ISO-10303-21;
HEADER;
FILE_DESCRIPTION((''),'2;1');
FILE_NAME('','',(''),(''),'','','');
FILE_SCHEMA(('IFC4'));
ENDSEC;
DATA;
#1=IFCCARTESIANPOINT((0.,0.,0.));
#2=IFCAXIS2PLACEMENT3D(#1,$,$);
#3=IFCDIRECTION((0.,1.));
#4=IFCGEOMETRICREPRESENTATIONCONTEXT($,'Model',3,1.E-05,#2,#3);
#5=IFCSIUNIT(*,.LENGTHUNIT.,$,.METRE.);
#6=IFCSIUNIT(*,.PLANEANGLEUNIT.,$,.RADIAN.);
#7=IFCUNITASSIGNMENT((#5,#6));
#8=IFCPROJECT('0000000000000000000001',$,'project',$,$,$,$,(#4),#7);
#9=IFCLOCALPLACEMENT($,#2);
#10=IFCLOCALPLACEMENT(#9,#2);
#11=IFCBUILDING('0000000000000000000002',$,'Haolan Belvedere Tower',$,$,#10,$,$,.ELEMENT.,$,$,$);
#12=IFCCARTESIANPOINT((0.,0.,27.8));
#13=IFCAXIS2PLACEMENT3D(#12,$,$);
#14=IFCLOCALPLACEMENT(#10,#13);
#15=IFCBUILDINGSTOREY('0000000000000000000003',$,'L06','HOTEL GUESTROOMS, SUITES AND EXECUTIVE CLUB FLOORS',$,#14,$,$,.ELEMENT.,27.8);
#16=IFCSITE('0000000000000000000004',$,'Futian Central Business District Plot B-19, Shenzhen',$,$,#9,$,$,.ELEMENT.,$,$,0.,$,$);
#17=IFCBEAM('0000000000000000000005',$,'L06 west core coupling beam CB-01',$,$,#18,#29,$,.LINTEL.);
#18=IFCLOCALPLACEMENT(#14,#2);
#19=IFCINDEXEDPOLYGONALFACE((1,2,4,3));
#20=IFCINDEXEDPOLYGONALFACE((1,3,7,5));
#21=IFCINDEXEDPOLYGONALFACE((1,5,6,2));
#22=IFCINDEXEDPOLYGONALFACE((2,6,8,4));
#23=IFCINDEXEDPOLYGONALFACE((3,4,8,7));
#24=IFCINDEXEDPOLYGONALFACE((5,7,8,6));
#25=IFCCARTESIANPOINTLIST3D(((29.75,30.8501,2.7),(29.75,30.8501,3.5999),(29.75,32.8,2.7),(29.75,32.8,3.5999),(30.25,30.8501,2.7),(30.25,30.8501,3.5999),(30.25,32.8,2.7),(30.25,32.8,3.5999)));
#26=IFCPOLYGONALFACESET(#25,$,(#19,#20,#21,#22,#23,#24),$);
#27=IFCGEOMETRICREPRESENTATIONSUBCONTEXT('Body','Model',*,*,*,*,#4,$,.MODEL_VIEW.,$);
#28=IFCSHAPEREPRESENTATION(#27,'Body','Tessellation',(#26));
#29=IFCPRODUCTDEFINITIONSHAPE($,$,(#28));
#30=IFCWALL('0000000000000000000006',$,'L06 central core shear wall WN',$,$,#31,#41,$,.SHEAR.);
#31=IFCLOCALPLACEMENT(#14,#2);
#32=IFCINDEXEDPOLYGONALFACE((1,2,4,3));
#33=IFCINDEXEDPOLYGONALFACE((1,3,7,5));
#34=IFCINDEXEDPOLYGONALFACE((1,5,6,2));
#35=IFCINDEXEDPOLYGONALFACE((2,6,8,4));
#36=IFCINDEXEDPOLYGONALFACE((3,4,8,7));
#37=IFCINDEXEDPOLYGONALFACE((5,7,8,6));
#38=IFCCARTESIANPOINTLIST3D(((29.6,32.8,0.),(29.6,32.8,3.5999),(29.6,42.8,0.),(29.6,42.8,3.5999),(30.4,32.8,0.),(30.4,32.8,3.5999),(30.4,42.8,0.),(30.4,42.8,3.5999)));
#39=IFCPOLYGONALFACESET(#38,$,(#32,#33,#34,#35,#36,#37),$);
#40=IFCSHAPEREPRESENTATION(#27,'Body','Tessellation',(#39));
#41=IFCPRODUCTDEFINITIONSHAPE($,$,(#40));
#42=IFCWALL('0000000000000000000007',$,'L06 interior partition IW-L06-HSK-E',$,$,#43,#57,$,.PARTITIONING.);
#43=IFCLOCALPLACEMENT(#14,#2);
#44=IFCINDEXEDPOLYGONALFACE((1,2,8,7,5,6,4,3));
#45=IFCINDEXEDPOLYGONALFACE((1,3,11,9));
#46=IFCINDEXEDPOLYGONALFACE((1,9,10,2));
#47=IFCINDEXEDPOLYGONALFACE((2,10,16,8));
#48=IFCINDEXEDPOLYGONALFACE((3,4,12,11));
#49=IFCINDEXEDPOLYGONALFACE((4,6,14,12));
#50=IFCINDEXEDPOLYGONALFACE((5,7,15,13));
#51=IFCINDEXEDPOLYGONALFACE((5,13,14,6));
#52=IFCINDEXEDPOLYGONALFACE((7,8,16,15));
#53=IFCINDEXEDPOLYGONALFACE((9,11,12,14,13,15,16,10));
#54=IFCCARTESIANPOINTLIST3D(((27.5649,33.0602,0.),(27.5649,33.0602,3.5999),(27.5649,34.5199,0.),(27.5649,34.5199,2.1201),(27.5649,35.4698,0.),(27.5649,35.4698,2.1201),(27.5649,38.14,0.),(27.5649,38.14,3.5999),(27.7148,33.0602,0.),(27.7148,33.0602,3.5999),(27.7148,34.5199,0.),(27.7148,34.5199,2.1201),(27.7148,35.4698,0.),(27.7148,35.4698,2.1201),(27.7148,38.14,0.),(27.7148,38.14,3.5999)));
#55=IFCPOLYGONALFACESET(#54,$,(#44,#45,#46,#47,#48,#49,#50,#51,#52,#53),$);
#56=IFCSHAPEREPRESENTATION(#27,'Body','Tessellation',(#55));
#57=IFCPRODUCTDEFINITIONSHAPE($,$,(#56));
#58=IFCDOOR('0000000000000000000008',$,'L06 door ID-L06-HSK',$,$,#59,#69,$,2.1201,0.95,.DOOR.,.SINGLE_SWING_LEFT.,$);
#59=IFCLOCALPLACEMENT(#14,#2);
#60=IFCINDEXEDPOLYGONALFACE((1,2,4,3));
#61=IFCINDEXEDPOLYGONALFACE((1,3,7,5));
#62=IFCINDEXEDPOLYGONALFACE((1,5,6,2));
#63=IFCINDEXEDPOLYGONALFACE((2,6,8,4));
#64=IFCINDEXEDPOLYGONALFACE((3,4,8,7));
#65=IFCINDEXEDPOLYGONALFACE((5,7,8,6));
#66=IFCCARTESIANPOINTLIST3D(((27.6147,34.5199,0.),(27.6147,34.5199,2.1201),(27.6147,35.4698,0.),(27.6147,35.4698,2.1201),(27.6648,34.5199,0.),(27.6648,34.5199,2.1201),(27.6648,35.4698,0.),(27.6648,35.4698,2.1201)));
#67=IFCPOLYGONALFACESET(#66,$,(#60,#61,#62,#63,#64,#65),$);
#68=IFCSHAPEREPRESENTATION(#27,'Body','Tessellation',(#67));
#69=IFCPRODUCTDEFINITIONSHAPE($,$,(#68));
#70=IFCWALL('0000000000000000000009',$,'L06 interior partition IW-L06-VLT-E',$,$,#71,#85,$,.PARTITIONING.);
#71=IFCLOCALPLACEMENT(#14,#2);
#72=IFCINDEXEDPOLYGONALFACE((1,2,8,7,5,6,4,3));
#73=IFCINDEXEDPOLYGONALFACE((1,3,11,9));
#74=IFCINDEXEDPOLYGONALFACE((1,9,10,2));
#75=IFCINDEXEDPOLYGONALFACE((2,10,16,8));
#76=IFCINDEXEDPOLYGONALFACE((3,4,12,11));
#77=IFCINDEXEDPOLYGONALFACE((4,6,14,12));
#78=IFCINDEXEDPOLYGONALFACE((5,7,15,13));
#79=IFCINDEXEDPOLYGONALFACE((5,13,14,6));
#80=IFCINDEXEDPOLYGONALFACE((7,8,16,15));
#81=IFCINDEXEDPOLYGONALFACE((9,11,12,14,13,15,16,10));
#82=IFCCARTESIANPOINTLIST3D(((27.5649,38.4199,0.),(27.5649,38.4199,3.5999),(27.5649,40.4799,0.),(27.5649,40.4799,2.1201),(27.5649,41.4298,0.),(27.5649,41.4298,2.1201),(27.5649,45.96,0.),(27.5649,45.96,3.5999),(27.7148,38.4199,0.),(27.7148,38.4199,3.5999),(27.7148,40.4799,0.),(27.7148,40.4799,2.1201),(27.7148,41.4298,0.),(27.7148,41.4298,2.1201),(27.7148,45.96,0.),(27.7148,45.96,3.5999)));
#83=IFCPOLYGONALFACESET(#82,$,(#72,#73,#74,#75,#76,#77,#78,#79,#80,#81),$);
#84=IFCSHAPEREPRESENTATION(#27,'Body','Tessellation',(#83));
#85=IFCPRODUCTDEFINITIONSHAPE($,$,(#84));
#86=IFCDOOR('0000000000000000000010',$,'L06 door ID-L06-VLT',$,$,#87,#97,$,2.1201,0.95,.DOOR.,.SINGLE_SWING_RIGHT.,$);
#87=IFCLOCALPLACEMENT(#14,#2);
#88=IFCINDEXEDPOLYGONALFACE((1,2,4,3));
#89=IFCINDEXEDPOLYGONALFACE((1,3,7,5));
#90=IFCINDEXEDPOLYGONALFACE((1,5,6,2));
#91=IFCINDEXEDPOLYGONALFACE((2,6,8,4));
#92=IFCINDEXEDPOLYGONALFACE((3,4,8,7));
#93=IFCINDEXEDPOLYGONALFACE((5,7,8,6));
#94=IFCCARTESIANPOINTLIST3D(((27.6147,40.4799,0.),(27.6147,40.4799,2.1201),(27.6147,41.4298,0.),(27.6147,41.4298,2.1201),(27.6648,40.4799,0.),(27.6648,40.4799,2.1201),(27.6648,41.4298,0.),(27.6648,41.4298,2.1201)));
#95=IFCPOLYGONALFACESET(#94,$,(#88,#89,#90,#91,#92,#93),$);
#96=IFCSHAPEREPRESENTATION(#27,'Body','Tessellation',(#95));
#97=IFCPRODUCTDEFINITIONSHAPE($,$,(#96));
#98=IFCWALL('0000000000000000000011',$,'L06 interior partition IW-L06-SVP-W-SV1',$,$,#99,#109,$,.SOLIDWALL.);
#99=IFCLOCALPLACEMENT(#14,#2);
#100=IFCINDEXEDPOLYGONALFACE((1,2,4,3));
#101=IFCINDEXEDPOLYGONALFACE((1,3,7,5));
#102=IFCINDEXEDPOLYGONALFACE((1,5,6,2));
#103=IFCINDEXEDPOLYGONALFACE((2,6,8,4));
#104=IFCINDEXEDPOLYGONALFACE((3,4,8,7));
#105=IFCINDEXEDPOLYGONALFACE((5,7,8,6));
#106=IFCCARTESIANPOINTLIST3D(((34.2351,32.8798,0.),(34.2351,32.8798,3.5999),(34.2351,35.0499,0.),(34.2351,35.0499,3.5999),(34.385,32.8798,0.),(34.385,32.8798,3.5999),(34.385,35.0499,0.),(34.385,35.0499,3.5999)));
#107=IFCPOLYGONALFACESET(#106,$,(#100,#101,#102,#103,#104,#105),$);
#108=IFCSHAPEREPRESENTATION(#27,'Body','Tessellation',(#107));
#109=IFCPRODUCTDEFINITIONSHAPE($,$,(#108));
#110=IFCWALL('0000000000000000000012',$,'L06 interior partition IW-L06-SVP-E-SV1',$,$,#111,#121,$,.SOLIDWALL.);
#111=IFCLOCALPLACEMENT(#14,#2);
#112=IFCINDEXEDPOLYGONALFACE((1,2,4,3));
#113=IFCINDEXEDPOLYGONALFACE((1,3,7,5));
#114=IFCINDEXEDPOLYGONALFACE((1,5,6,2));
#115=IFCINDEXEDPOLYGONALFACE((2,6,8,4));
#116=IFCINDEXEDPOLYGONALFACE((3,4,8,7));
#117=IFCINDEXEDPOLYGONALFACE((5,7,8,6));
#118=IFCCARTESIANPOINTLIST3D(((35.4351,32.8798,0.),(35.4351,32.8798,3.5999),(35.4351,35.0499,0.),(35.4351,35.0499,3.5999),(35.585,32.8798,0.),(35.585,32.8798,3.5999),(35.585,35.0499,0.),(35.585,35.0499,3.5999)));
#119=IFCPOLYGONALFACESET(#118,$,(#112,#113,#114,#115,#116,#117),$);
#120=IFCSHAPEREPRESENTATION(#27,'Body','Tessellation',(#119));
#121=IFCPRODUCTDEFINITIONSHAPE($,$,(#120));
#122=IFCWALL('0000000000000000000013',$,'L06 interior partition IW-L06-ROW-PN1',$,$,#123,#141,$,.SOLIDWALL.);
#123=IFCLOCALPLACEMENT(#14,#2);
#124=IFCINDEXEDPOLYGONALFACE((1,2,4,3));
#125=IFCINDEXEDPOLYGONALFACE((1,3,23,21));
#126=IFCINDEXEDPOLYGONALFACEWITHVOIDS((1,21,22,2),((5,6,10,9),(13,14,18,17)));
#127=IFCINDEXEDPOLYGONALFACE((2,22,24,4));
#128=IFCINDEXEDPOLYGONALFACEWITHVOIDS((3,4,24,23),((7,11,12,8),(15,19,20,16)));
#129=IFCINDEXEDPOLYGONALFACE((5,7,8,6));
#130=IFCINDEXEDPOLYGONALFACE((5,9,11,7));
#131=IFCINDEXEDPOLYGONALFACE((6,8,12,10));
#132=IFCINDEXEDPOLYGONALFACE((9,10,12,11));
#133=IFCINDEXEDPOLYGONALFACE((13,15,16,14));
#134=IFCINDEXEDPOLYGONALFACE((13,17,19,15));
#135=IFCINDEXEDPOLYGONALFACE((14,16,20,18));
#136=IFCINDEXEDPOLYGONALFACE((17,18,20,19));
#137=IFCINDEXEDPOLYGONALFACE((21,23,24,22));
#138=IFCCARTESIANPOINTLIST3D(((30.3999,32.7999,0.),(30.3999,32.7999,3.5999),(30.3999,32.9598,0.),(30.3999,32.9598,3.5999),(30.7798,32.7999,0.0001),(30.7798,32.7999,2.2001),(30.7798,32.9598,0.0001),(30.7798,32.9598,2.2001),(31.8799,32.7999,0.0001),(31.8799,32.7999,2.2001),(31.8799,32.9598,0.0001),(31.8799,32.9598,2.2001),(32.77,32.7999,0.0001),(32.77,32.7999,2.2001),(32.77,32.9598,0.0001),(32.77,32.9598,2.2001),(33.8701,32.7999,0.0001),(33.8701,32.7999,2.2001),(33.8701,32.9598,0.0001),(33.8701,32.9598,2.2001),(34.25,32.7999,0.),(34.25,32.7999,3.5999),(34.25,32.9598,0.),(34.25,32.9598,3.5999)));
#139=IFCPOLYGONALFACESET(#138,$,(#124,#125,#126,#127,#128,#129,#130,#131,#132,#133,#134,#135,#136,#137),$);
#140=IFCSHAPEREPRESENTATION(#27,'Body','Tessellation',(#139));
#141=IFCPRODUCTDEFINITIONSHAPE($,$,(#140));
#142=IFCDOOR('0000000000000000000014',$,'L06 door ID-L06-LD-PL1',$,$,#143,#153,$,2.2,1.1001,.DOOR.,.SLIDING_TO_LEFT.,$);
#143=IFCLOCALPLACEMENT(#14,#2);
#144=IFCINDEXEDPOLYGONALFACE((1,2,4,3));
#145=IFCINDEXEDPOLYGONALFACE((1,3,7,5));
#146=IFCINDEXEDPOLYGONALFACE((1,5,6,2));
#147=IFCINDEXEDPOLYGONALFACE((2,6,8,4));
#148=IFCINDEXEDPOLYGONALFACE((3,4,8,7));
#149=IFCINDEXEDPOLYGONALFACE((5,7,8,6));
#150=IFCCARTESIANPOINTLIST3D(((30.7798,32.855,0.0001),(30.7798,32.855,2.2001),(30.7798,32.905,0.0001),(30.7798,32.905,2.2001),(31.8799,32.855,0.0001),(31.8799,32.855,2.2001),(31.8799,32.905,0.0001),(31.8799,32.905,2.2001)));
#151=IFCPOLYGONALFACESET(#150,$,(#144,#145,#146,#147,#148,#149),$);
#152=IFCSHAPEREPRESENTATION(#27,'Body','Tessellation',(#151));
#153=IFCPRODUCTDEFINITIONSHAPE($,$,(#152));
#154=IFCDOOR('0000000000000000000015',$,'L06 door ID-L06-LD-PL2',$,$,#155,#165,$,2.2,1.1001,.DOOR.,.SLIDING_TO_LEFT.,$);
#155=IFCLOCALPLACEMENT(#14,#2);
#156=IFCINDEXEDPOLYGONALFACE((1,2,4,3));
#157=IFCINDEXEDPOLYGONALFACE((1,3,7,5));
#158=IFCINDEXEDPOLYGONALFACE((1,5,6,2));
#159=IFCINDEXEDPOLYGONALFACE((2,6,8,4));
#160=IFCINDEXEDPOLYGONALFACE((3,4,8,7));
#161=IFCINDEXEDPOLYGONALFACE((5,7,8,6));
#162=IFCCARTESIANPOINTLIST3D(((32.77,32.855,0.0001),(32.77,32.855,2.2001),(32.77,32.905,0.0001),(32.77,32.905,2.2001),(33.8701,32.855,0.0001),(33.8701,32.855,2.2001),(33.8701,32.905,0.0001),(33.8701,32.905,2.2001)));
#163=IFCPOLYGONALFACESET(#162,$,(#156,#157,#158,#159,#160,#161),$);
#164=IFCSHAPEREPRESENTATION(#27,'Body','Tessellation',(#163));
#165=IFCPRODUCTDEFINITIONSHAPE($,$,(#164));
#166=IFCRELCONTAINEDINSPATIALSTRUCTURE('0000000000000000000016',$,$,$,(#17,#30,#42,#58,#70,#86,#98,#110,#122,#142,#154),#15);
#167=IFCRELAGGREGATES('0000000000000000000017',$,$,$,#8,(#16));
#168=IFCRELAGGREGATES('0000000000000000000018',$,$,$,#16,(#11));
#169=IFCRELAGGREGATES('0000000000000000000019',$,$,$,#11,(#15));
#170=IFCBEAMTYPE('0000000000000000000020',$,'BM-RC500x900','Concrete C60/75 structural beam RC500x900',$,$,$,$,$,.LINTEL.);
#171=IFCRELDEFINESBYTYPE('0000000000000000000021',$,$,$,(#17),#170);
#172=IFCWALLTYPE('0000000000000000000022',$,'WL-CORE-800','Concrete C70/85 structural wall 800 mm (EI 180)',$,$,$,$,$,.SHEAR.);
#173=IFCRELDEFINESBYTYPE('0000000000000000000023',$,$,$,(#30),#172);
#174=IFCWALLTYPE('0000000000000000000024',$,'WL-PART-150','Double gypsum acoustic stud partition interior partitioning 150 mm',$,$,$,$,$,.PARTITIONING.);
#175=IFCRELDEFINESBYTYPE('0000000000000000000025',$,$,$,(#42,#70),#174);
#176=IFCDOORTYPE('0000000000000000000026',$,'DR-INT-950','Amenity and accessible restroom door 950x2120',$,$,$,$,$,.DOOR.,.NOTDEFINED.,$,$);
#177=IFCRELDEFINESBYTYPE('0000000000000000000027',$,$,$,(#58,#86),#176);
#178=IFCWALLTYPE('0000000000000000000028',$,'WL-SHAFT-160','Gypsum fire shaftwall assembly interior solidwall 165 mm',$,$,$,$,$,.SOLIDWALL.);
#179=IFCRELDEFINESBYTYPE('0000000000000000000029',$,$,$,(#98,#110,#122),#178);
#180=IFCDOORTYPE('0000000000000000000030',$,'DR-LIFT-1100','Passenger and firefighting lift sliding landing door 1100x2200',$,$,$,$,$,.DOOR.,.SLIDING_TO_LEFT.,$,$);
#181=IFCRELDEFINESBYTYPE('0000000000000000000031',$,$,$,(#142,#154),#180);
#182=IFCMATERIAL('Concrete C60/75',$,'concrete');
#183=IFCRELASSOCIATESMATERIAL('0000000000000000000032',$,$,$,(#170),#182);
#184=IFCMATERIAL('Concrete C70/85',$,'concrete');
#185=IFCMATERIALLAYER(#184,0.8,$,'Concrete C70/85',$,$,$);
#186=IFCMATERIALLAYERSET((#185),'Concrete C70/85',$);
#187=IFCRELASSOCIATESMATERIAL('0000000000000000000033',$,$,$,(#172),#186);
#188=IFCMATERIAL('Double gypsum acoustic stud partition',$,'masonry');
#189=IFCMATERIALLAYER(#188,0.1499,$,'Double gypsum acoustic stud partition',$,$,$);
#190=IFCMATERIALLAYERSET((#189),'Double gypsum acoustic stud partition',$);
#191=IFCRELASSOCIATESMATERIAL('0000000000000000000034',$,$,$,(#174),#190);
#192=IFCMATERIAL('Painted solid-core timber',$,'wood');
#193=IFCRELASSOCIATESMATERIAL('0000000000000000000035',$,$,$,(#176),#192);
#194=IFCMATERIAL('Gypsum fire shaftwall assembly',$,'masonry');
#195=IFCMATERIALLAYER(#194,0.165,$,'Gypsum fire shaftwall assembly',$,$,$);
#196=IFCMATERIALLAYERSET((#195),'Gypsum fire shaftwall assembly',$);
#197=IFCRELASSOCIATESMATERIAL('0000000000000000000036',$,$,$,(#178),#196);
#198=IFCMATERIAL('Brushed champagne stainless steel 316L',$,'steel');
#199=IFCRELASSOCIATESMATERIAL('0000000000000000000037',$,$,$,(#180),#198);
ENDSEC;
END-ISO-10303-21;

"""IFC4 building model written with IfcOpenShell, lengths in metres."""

from ifc_helpers import new_model, si_unit, direction, frame, frame_2d, origin, origin_2d, place, context, subcontext, project, spatial, rectangle, extrude, material, layer, layer_set, material_profile, profile_set, type_object, element, fill, save


model = new_model("IFC4")

# Units and contexts
model_context = context("Model", 3, precision=1e-05, world=origin(), true_north=direction((0.0, 1.0)))
body_context = subcontext(model_context, "Body", "Model", "MODEL_VIEW")
ifc_project = project(units=[si_unit("LENGTHUNIT", "METRE"), si_unit("PLANEANGLEUNIT", "RADIAN")], contexts=[model_context])

# Site, building, storey
site_placement = place(None, origin())
site = spatial("IfcSite", under=ifc_project, at=site_placement, Name="Futian Central Business District Plot B-19, Shenzhen", CompositionType="ELEMENT", RefElevation=0.0)
building_placement = place(site_placement, origin())
building = spatial("IfcBuilding", under=site, at=building_placement, Name="Haolan Belvedere Tower", CompositionType="ELEMENT")
storey_placement = place(building_placement, frame((0.0, 0.0, 27.8)))
storey = spatial("IfcBuildingStorey", under=building, at=storey_placement, Name="L06", Description="HOTEL GUESTROOMS, SUITES AND EXECUTIVE CLUB FLOORS", CompositionType="ELEMENT", Elevation=27.8)

# Beam
ifc_material_1 = material(Name="Concrete C60/75", Category="concrete")
ifc_material_profile = material_profile(ifc_material_1, rectangle(XDim=0.5, YDim=0.8999, at=origin_2d()), Name="Concrete C60/75")
ifc_profile_set = profile_set([ifc_material_profile], Name="Concrete C60/75")
beam_type = type_object("IfcBeamType", Name="BM-RC500x900", Description="Concrete C60/75 structural beam RC500x900", PredefinedType="LINTEL", material=ifc_profile_set)
beam_placement = place(storey_placement, frame((30.0, 30.8501, 3.1499), z_axis=(0.0, 1.0, 0.0), x_axis=(-1.0, 0.0, 0.0)))
element("IfcBeam", 1, at=beam_placement, inside=storey, type_object=beam_type, Name="L06 west core coupling beam CB-01", PredefinedType="LINTEL", context=body_context, shape_type="SweptSolid", body=[
    extrude(rectangle(XDim=0.5, YDim=0.8999, at=origin_2d()), origin(), (0.0, 0.0, 1.0), 1.95),
])

# Wall
ifc_material_2 = material(Name="Concrete C70/85", Category="concrete")
ifc_layer_1 = layer(ifc_material_2, 0.8, Name="Concrete C70/85")
ifc_layer_set_1 = layer_set([ifc_layer_1], Name="Concrete C70/85")
wall_type_1 = type_object("IfcWallType", Name="WL-CORE-800", Description="Concrete C70/85 structural wall 800 mm (EI 180)", PredefinedType="SHEAR", material=ifc_layer_set_1)
wall_1_placement = place(storey_placement, frame((30.0, 32.8, 0.0), z_axis=(0.0, 0.0, 1.0), x_axis=(0.0, 1.0, 0.0)))
element("IfcWall", 2, at=wall_1_placement, inside=storey, type_object=wall_type_1, Name="L06 central core shear wall WN", PredefinedType="SHEAR", context=body_context, shape_type="SweptSolid", body=[
    extrude(rectangle(XDim=10.0, YDim=0.8, at=frame_2d((5.0, 0.0))), origin(), (0.0, 0.0, 1.0), 3.5999),
])

# Walls, openings, doors
ifc_material_3 = material(Name="Double gypsum acoustic stud partition", Category="masonry")
ifc_layer_2 = layer(ifc_material_3, 0.1499, Name="Double gypsum acoustic stud partition")
ifc_layer_set_2 = layer_set([ifc_layer_2], Name="Double gypsum acoustic stud partition")
wall_type_2 = type_object("IfcWallType", Name="WL-PART-150", Description="Double gypsum acoustic stud partition interior partitioning 150 mm", PredefinedType="PARTITIONING", material=ifc_layer_set_2)
wall_2_placement = place(storey_placement, frame((27.6399, 33.0601, 0.0), z_axis=(0.0, 0.0, 1.0), x_axis=(0.0, 1.0, 0.0)))
wall_2 = element("IfcWall", 3, at=wall_2_placement, inside=storey, type_object=wall_type_2, Name="L06 interior partition IW-L06-HSK-E", PredefinedType="PARTITIONING", context=body_context, shape_type="SweptSolid", body=[
    extrude(rectangle(XDim=5.0798, YDim=0.1499, at=frame_2d((2.54, 0.0))), origin(), (0.0, 0.0, 1.0), 3.5999),
])
opening_1_placement = place(wall_2_placement, frame((2.4099, 0.0, 0.0), z_axis=(0.0, 0.0, 1.0), x_axis=(-1.0, 0.0, 0.0)))
opening_1 = element("IfcOpeningElement", 4, at=opening_1_placement, cuts=wall_2, PredefinedType="OPENING", context=body_context, shape_type="SweptSolid", body=[
    extrude(rectangle(XDim=0.95, YDim=2.1201, at=frame_2d((0.4751, 1.0601))), frame((0.0, 0.085, 0.0), z_axis=(0.0, -1.0, 0.0), x_axis=(1.0, 0.0, 0.0)), (0.0, 0.0, 1.0), 0.1699),
])
ifc_material_4 = material(Name="Painted solid-core timber", Category="wood")
door_type_1 = type_object("IfcDoorType", Name="DR-INT-950", Description="Amenity and accessible restroom door 950x2120", OperationType="NOTDEFINED", PredefinedType="DOOR", material=ifc_material_4)
door_1_placement = place(opening_1_placement, origin())
door_1 = element("IfcDoor", 5, at=door_1_placement, inside=storey, type_object=door_type_1, Name="L06 door ID-L06-HSK", OperationType="SINGLE_SWING_LEFT", OverallHeight=2.1201, OverallWidth=0.95, PredefinedType="DOOR", context=body_context, shape_type="SweptSolid", body=[
    extrude(rectangle(XDim=0.95, YDim=2.1201, at=frame_2d((0.4751, 1.0601))), frame((0.0, 0.0249, 0.0), z_axis=(0.0, -1.0, 0.0), x_axis=(1.0, 0.0, 0.0)), (0.0, 0.0, 1.0), 0.05),
])
fill(opening_1, door_1)
wall_3_placement = place(storey_placement, frame((27.6399, 38.4199, 0.0), z_axis=(0.0, 0.0, 1.0), x_axis=(0.0, 1.0, 0.0)))
wall_3 = element("IfcWall", 6, at=wall_3_placement, inside=storey, type_object=wall_type_2, Name="L06 interior partition IW-L06-VLT-E", PredefinedType="PARTITIONING", context=body_context, shape_type="SweptSolid", body=[
    extrude(rectangle(XDim=7.54, YDim=0.1499, at=frame_2d((3.77, 0.0))), origin(), (0.0, 0.0, 1.0), 3.5999),
])
opening_2_placement = place(wall_3_placement, frame((3.01, 0.0, 0.0), z_axis=(0.0, 0.0, 1.0), x_axis=(-1.0, 0.0, 0.0)))
opening_2 = element("IfcOpeningElement", 7, at=opening_2_placement, cuts=wall_3, PredefinedType="OPENING", context=body_context, shape_type="SweptSolid", body=[
    extrude(rectangle(XDim=0.95, YDim=2.1201, at=frame_2d((0.4751, 1.0601))), frame((0.0, 0.085, 0.0), z_axis=(0.0, -1.0, 0.0), x_axis=(1.0, 0.0, 0.0)), (0.0, 0.0, 1.0), 0.1699),
])
door_2_placement = place(opening_2_placement, origin())
door_2 = element("IfcDoor", 8, at=door_2_placement, inside=storey, type_object=door_type_1, Name="L06 door ID-L06-VLT", OperationType="SINGLE_SWING_RIGHT", OverallHeight=2.1201, OverallWidth=0.95, PredefinedType="DOOR", context=body_context, shape_type="SweptSolid", body=[
    extrude(rectangle(XDim=0.95, YDim=2.1201, at=frame_2d((0.4751, 1.0601))), frame((0.0, 0.0249, 0.0), z_axis=(0.0, -1.0, 0.0), x_axis=(1.0, 0.0, 0.0)), (0.0, 0.0, 1.0), 0.05),
])
fill(opening_2, door_2)

# Walls
ifc_material_5 = material(Name="Gypsum fire shaftwall assembly", Category="masonry")
ifc_layer_3 = layer(ifc_material_5, 0.165, Name="Gypsum fire shaftwall assembly")
ifc_layer_set_3 = layer_set([ifc_layer_3], Name="Gypsum fire shaftwall assembly")
wall_type_3 = type_object("IfcWallType", Name="WL-SHAFT-160", Description="Gypsum fire shaftwall assembly interior solidwall 165 mm", PredefinedType="SOLIDWALL", material=ifc_layer_set_3)
for number, where, z_axis, x_axis, name in (
    (9, (34.3101, 32.8799, 0.0), (0.0, 0.0, 1.0), (0.0, 1.0, 0.0), "L06 interior partition IW-L06-SVP-W-SV1"),
    (10, (35.51, 32.8799, 0.0), (0.0, 0.0, 1.0), (0.0, 1.0, 0.0), "L06 interior partition IW-L06-SVP-E-SV1"),
):
    element("IfcWall", number, at=place(storey_placement, frame(where, z_axis=z_axis, x_axis=x_axis)), inside=storey, type_object=wall_type_3, Name=name, PredefinedType="SOLIDWALL", context=body_context, shape_type="SweptSolid", body=[
        extrude(rectangle(XDim=2.1702, YDim=0.1499, at=frame_2d((1.085, 0.0))), origin(), (0.0, 0.0, 1.0), 3.5999),
    ])

# Wall, openings, doors
wall_4_placement = place(storey_placement, frame((30.3999, 32.8799, 0.0), z_axis=(0.0, 0.0, 1.0), x_axis=(1.0, 0.0, 0.0)))
wall_4 = element("IfcWall", 11, at=wall_4_placement, inside=storey, type_object=wall_type_3, Name="L06 interior partition IW-L06-ROW-PN1", PredefinedType="SOLIDWALL", context=body_context, shape_type="SweptSolid", body=[
    extrude(rectangle(XDim=3.8501, YDim=0.1599, at=frame_2d((1.925, 0.0))), origin(), (0.0, 0.0, 1.0), 3.5999),
])
opening_3_placement = place(wall_4_placement, frame((1.48, 0.0, 0.0), z_axis=(0.0, 0.0, 1.0), x_axis=(-1.0, 0.0, 0.0)))
opening_3 = element("IfcOpeningElement", 12, at=opening_3_placement, cuts=wall_4, PredefinedType="OPENING", context=body_context, shape_type="SweptSolid", body=[
    extrude(rectangle(XDim=1.1001, YDim=2.2, at=frame_2d((0.55, 1.1001))), frame((0.0, 0.0898, 0.0), z_axis=(0.0, -1.0, 0.0), x_axis=(1.0, 0.0, 0.0)), (0.0, 0.0, 1.0), 0.1799),
])
opening_4_placement = place(wall_4_placement, frame((3.4702, 0.0, 0.0), z_axis=(0.0, 0.0, 1.0), x_axis=(-1.0, 0.0, 0.0)))
opening_4 = element("IfcOpeningElement", 13, at=opening_4_placement, cuts=wall_4, PredefinedType="OPENING", context=body_context, shape_type="SweptSolid", body=[
    extrude(rectangle(XDim=1.1001, YDim=2.2, at=frame_2d((0.55, 1.1001))), frame((0.0, 0.0898, 0.0), z_axis=(0.0, -1.0, 0.0), x_axis=(1.0, 0.0, 0.0)), (0.0, 0.0, 1.0), 0.1799),
])
ifc_material_6 = material(Name="Brushed champagne stainless steel 316L", Category="steel")
door_type_2 = type_object("IfcDoorType", Name="DR-LIFT-1100", Description="Passenger and firefighting lift sliding landing door 1100x2200", OperationType="SLIDING_TO_LEFT", PredefinedType="DOOR", material=ifc_material_6)
door_3_placement = place(opening_3_placement, origin())
door_3 = element("IfcDoor", 14, at=door_3_placement, inside=storey, type_object=door_type_2, Name="L06 door ID-L06-LD-PL1", OperationType="SLIDING_TO_LEFT", OverallHeight=2.2, OverallWidth=1.1001, PredefinedType="DOOR", context=body_context, shape_type="SweptSolid", body=[
    extrude(rectangle(XDim=1.1001, YDim=2.2, at=frame_2d((0.55, 1.1001))), frame((0.0, 0.0249, 0.0), z_axis=(0.0, -1.0, 0.0), x_axis=(1.0, 0.0, 0.0)), (0.0, 0.0, 1.0), 0.05),
])
fill(opening_3, door_3)
door_4_placement = place(opening_4_placement, origin())
door_4 = element("IfcDoor", 15, at=door_4_placement, inside=storey, type_object=door_type_2, Name="L06 door ID-L06-LD-PL2", OperationType="SLIDING_TO_LEFT", OverallHeight=2.2, OverallWidth=1.1001, PredefinedType="DOOR", context=body_context, shape_type="SweptSolid", body=[
    extrude(rectangle(XDim=1.1001, YDim=2.2, at=frame_2d((0.55, 1.1001))), frame((0.0, 0.0249, 0.0), z_axis=(0.0, -1.0, 0.0), x_axis=(1.0, 0.0, 0.0)), (0.0, 0.0, 1.0), 0.05),
])
fill(opening_4, door_4)

save(model, "model.ifc")
